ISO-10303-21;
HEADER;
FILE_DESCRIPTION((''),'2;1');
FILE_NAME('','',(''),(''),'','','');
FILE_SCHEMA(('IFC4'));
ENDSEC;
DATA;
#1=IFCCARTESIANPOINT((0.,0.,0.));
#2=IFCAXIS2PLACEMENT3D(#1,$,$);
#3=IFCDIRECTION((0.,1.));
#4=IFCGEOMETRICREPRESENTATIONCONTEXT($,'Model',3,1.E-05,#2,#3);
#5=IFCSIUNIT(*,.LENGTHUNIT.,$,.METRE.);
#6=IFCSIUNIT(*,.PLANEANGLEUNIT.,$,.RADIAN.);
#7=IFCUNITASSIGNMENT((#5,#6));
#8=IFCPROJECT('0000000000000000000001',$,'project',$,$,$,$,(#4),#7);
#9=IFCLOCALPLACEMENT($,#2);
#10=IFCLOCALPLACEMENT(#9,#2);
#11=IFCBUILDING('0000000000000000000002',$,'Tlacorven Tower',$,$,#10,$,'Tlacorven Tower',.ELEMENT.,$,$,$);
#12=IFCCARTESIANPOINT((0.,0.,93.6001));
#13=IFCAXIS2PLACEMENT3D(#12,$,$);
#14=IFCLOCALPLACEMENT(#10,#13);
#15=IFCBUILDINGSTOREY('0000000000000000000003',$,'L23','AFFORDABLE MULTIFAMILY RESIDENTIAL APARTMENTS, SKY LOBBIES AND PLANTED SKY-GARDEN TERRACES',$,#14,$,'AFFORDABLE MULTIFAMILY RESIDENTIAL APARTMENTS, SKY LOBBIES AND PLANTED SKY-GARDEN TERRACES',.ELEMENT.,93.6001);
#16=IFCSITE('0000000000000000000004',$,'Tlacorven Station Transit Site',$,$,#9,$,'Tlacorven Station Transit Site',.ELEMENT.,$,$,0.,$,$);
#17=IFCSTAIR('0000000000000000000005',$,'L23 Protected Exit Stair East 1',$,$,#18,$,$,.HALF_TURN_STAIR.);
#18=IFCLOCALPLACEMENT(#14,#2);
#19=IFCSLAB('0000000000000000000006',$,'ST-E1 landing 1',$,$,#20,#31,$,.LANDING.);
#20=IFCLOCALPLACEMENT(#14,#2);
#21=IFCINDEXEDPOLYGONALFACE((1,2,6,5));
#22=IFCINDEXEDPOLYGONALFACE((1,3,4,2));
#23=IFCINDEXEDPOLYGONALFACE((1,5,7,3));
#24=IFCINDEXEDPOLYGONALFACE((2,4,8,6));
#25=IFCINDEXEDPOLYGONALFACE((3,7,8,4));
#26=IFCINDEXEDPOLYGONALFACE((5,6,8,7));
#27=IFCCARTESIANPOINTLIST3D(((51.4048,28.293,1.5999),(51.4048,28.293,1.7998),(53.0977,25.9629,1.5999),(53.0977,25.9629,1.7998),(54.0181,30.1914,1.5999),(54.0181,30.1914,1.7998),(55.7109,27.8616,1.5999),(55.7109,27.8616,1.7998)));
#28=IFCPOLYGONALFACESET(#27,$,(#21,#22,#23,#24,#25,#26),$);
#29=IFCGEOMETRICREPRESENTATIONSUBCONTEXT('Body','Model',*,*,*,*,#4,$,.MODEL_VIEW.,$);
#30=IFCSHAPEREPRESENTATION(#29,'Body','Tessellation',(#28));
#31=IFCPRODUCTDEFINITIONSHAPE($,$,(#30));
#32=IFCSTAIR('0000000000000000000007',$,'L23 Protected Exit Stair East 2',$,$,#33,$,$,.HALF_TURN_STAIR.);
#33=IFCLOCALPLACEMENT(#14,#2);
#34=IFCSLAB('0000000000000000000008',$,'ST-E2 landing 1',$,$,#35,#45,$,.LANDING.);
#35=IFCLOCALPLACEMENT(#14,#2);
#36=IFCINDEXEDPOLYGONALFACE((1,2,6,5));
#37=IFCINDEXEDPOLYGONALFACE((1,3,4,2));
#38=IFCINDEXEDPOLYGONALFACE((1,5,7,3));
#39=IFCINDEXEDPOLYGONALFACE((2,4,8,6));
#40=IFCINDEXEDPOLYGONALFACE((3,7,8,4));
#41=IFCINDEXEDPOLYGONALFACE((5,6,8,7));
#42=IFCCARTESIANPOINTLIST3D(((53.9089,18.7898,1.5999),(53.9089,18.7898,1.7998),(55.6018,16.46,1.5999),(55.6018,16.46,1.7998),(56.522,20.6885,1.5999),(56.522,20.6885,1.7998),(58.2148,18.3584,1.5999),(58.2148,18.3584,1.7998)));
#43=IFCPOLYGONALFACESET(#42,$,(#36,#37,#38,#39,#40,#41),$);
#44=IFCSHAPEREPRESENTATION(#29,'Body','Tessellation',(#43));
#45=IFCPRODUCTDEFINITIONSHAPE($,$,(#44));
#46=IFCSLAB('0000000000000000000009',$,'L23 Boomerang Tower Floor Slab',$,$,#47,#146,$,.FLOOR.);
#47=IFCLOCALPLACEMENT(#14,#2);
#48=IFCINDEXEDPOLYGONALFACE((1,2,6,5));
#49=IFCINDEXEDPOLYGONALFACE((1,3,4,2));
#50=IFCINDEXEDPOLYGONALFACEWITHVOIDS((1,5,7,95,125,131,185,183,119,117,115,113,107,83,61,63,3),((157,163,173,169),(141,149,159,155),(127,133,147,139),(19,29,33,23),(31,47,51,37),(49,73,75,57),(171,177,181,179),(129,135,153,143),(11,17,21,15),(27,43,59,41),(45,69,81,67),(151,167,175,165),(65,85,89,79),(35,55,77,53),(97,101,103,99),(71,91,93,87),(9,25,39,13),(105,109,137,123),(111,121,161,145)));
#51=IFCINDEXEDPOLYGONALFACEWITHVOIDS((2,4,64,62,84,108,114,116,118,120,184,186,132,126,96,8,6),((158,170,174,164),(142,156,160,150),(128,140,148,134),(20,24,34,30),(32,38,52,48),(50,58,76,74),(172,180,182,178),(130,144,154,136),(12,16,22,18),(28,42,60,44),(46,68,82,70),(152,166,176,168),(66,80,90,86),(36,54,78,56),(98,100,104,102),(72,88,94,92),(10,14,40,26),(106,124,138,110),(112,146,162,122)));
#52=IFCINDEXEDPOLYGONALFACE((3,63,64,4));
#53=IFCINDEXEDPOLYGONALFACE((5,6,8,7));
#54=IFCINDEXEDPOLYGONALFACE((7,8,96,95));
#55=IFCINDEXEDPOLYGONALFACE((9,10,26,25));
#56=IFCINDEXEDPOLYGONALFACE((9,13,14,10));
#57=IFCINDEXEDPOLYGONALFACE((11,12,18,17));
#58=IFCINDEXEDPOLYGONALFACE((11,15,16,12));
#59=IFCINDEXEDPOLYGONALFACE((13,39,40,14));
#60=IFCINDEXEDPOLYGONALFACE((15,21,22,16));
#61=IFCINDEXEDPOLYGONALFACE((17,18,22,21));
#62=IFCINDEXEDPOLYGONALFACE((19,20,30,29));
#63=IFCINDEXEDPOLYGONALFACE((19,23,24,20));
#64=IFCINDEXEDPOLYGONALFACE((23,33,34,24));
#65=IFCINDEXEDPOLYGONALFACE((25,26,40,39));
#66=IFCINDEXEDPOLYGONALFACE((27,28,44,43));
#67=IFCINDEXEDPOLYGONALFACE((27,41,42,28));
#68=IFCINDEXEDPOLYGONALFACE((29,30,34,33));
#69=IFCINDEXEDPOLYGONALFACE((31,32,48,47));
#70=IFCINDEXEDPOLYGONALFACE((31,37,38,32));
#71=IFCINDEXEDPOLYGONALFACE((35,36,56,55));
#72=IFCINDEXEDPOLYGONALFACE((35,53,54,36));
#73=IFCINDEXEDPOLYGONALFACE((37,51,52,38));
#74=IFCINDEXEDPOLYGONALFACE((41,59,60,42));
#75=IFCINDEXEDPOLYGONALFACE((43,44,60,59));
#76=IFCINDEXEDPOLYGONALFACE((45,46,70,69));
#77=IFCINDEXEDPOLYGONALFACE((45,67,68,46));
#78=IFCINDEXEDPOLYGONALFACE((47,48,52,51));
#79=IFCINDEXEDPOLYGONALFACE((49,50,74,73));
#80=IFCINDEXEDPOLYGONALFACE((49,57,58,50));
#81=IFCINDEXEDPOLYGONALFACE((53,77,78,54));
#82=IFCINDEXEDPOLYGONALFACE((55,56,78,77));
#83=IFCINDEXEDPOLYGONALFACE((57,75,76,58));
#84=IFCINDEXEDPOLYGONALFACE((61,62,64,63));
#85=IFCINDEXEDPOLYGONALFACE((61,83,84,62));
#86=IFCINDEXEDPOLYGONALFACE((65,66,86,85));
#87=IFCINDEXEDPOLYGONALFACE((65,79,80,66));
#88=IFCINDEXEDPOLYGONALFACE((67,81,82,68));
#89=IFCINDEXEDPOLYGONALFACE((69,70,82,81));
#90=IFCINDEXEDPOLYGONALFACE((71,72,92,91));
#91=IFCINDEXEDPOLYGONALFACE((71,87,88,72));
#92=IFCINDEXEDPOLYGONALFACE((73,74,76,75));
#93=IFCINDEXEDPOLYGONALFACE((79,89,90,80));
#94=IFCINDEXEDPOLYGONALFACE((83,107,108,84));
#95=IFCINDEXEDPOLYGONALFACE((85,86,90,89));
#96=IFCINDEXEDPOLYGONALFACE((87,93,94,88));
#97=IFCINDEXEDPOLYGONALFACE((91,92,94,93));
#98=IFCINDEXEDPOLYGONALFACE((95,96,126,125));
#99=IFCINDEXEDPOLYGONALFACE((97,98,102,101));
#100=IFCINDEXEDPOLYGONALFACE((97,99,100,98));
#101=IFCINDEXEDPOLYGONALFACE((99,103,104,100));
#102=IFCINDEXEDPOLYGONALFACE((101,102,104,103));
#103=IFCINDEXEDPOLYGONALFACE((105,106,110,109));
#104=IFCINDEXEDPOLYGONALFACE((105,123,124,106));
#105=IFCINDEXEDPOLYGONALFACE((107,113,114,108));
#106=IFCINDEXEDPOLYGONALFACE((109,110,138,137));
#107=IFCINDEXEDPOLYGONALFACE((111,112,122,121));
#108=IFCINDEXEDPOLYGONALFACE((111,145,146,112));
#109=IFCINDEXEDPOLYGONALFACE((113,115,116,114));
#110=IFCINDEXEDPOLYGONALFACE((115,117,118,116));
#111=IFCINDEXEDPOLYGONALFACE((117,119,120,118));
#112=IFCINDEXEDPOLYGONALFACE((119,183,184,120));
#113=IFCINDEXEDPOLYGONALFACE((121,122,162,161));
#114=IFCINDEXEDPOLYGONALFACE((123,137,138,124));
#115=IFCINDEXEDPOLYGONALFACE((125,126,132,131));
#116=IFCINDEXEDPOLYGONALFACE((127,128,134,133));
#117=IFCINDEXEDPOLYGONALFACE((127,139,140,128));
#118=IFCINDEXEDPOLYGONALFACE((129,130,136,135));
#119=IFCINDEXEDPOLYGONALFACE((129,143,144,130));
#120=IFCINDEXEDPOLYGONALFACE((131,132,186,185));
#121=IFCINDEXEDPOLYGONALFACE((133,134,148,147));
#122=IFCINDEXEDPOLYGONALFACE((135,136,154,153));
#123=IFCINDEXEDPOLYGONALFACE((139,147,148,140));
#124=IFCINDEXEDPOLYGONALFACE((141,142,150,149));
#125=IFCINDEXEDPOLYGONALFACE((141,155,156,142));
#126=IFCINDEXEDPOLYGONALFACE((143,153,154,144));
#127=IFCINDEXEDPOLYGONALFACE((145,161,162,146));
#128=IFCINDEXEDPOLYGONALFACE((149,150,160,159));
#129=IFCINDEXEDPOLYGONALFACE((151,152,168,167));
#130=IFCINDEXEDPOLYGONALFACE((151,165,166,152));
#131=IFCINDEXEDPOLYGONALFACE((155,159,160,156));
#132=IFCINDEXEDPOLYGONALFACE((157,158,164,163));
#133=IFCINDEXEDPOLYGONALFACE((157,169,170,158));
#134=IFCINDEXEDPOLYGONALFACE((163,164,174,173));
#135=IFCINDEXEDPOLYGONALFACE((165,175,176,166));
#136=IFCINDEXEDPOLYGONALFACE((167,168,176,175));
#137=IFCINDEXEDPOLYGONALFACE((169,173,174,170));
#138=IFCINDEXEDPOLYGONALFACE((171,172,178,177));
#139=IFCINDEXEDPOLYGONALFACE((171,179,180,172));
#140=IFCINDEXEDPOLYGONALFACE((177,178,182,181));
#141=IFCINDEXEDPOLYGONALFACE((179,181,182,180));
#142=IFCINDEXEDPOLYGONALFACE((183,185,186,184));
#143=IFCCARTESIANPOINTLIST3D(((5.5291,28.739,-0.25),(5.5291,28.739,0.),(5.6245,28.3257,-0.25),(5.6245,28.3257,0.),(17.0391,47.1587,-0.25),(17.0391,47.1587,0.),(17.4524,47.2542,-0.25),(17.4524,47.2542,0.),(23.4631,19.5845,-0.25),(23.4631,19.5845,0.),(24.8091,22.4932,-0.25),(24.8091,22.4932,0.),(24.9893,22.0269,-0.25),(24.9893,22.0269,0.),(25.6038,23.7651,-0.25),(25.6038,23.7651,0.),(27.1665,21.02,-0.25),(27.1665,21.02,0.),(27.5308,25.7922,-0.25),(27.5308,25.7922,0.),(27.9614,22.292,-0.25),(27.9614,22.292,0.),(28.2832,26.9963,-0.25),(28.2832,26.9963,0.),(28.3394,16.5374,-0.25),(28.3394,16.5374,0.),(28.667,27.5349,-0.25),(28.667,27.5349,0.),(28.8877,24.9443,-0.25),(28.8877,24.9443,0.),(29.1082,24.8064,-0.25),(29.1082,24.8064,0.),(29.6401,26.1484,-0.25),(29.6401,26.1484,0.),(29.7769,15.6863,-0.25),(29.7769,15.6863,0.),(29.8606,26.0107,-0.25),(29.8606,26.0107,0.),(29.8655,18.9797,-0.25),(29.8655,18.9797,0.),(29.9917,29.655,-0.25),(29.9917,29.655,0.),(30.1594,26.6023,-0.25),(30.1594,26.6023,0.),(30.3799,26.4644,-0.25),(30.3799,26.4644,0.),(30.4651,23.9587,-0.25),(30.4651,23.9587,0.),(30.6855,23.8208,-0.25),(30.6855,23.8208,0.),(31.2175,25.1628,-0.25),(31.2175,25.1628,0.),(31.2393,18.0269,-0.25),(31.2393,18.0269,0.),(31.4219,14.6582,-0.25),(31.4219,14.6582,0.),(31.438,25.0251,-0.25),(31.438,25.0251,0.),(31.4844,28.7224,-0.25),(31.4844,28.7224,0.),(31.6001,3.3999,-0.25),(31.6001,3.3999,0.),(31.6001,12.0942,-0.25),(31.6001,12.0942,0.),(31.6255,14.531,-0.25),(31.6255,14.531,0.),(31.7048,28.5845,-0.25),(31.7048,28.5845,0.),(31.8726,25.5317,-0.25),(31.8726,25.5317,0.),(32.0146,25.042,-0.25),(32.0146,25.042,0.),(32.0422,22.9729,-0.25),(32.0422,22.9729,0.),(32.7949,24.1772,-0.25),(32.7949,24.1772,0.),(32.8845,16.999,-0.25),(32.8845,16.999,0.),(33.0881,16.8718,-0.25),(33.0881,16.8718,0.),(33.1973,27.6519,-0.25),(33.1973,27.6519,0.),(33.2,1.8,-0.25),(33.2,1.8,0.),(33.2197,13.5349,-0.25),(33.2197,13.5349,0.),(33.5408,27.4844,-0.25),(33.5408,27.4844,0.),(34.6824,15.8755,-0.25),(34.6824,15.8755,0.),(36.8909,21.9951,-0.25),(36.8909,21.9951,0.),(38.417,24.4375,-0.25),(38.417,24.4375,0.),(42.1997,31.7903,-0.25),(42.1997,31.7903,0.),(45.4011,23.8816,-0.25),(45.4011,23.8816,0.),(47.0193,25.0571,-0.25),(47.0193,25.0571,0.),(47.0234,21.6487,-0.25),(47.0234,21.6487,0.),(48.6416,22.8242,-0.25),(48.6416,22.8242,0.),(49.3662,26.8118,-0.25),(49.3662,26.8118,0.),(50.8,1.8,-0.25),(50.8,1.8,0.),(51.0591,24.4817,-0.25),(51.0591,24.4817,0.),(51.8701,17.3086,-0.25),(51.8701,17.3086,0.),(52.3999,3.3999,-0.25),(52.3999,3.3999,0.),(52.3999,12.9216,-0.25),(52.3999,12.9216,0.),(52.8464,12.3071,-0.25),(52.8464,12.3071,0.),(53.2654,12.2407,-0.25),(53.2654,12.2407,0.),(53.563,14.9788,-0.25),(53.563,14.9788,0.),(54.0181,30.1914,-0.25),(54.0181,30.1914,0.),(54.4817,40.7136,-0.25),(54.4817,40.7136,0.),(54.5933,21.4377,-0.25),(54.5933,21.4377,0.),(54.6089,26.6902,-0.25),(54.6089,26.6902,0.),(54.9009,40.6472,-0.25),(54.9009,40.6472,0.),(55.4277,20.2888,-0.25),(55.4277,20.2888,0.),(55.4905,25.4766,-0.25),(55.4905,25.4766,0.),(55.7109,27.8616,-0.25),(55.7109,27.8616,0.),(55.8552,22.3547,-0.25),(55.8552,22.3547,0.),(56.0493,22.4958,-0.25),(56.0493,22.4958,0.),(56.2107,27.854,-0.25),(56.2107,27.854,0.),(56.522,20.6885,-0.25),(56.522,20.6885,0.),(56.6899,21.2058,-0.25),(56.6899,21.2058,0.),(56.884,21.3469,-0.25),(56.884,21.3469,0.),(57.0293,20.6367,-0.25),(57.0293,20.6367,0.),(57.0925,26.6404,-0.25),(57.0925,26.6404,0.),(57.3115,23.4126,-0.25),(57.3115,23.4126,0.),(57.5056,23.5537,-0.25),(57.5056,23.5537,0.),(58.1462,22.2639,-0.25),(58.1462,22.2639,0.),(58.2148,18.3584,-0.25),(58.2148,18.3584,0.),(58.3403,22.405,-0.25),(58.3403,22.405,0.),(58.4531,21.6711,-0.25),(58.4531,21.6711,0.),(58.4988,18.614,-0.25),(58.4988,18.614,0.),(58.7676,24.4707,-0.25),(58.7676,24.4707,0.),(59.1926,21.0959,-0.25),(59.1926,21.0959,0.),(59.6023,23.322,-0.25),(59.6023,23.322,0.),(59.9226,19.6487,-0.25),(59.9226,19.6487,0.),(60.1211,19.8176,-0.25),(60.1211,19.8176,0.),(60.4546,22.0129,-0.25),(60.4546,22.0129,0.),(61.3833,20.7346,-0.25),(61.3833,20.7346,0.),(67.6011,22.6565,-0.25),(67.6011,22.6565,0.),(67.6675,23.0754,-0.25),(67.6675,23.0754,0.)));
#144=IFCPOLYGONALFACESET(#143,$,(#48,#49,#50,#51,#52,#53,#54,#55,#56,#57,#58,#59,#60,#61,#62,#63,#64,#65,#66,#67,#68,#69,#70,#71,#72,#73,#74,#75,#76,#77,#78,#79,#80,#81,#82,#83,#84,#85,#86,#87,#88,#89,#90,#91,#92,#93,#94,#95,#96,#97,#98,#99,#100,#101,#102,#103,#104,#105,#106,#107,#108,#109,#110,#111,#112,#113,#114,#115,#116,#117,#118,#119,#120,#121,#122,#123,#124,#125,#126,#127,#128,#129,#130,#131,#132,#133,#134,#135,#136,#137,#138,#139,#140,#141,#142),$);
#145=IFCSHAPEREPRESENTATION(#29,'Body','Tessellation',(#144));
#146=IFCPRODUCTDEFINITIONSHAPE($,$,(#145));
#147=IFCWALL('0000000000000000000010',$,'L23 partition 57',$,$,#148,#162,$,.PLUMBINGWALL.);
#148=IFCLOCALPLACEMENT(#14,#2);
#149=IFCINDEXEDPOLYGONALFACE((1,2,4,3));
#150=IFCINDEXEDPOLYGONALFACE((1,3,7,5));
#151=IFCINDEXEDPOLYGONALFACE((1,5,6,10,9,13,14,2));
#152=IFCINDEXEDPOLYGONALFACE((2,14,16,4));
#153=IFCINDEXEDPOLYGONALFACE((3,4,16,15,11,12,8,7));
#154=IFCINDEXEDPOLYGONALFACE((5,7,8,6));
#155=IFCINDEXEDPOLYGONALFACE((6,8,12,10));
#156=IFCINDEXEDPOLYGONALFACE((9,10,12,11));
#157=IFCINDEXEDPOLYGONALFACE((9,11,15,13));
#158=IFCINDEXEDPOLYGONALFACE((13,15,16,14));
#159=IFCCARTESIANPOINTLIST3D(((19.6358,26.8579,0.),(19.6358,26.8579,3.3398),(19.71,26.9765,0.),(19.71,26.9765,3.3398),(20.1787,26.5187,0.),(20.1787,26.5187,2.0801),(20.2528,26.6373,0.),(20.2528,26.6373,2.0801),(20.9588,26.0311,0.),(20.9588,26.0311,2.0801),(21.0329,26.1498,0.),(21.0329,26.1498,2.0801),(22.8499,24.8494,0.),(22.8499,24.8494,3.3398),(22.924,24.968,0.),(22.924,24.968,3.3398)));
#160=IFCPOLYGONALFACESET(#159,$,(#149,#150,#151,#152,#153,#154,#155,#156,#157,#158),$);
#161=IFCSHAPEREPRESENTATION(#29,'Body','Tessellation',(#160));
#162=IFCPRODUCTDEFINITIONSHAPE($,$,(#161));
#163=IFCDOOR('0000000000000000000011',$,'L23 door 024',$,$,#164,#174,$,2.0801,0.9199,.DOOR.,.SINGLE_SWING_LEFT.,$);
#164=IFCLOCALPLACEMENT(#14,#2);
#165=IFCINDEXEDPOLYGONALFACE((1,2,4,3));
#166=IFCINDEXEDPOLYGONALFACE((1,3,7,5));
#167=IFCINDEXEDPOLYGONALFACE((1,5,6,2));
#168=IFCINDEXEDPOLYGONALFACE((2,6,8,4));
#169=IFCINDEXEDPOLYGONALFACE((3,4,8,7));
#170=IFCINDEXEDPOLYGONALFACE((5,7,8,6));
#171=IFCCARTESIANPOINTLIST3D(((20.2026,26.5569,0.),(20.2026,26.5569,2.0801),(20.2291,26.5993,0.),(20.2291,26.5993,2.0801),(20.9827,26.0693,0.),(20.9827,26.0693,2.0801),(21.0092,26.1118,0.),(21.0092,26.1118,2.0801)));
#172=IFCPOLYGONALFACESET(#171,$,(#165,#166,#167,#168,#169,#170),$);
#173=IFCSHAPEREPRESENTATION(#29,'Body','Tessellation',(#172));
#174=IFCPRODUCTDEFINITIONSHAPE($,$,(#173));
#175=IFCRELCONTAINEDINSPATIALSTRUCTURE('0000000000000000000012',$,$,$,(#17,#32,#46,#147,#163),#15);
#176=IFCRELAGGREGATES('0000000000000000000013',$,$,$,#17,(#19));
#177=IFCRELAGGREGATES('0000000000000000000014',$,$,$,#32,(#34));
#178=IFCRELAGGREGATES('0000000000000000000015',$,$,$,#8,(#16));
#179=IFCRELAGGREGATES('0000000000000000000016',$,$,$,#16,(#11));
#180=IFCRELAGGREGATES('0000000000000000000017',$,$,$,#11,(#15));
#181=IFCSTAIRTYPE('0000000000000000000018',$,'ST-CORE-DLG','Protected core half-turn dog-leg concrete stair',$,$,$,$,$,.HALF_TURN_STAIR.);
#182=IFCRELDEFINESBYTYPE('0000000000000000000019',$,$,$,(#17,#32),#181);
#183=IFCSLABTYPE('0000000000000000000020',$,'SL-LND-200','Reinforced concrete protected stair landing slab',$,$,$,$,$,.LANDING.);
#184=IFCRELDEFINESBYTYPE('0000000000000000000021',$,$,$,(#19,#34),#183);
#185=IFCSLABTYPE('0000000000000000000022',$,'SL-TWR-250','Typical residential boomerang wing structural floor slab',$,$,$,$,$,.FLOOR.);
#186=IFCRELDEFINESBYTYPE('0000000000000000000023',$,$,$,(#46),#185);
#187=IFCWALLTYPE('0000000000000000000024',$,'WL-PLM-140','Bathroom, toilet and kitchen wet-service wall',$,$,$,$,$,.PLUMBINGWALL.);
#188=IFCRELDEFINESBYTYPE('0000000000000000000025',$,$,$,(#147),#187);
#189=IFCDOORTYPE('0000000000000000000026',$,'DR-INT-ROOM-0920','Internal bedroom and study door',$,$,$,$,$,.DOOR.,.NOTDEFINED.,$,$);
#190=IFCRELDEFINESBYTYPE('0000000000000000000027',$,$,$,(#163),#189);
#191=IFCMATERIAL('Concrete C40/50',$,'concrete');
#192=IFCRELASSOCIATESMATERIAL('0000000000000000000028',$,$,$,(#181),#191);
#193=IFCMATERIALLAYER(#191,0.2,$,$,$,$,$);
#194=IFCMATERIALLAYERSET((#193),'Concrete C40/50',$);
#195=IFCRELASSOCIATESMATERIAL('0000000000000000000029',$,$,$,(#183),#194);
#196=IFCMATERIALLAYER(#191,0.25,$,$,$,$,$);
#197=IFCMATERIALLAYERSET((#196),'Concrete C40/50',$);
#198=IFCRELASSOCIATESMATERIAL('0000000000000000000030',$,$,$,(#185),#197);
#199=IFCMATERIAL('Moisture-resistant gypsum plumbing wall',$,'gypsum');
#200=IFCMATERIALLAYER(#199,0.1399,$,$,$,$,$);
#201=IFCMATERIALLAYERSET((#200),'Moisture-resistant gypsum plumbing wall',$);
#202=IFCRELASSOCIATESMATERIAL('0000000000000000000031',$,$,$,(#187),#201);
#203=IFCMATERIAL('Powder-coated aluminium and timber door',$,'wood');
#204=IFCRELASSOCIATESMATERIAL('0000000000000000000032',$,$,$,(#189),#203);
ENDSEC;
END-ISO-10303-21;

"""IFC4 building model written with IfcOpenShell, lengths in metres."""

from ifc_helpers import new_model, si_unit, direction, frame, frame_2d, origin, place, context, subcontext, project, spatial, polyline, rectangle, outline, extrude, source, transform, mapped, material, layer, layer_set, type_object, element, fill, aggregate, save


model = new_model("IFC4")

# Units and contexts
model_context = context("Model", 3, precision=1e-05, world=origin(), true_north=direction((0.0, 1.0)))
body_context = subcontext(model_context, "Body", "Model", "MODEL_VIEW")
ifc_project = project(units=[si_unit("LENGTHUNIT", "METRE"), si_unit("PLANEANGLEUNIT", "RADIAN")], contexts=[model_context])

# Site, building, storey
site_placement = place(None, origin())
site = spatial("IfcSite", under=ifc_project, at=site_placement, Name="Tlacorven Station Transit Site", LongName="Tlacorven Station Transit Site", CompositionType="ELEMENT", RefElevation=0.0)
building_placement = place(site_placement, origin())
building = spatial("IfcBuilding", under=site, at=building_placement, Name="Tlacorven Tower", LongName="Tlacorven Tower", CompositionType="ELEMENT")
storey_placement = place(building_placement, frame((0.0, 0.0, 93.6001)))
storey = spatial("IfcBuildingStorey", under=building, at=storey_placement, Name="L23", Description="AFFORDABLE MULTIFAMILY RESIDENTIAL APARTMENTS, SKY LOBBIES AND PLANTED SKY-GARDEN TERRACES", LongName="AFFORDABLE MULTIFAMILY RESIDENTIAL APARTMENTS, SKY LOBBIES AND PLANTED SKY-GARDEN TERRACES", CompositionType="ELEMENT", Elevation=93.6001)

# Stairs, slabs
ifc_material_1 = material(Name="Concrete C40/50", Category="concrete")
stair_type = type_object("IfcStairType", Name="ST-CORE-DLG", Description="Protected core half-turn dog-leg concrete stair", PredefinedType="HALF_TURN_STAIR", material=ifc_material_1)
ifc_layer_1 = layer(ifc_material_1, 0.2)
ifc_layer_set_1 = layer_set([ifc_layer_1], Name="Concrete C40/50")
slab_type_1 = type_object("IfcSlabType", Name="SL-LND-200", Description="Reinforced concrete protected stair landing slab", PredefinedType="LANDING", material=ifc_layer_set_1)
stair_1_placement = place(storey_placement, origin())
stair_1 = element("IfcStair", 1, at=stair_1_placement, inside=storey, type_object=stair_type, Name="L23 Protected Exit Stair East 1", PredefinedType="HALF_TURN_STAIR")
slab_1_placement = place(storey_placement, frame((0.0, 0.0, 1.5999)))
slab_1 = element("IfcSlab", 2, at=slab_1_placement, type_object=slab_type_1, Name="ST-E1 landing 1", PredefinedType="LANDING", context=body_context, shape_type="SweptSolid", body=[
    extrude(outline(polyline([(53.0977, 25.9629), (55.7109, 27.8616), (54.0181, 30.1914), (51.4048, 28.293), (53.0977, 25.9629)])), origin(), (0.0, 0.0, 1.0), 0.2),
])
aggregate(stair_1, [slab_1])
stair_2_placement = place(storey_placement, origin())
stair_2 = element("IfcStair", 3, at=stair_2_placement, inside=storey, type_object=stair_type, Name="L23 Protected Exit Stair East 2", PredefinedType="HALF_TURN_STAIR")
slab_2_placement = place(storey_placement, frame((0.0, 0.0, 1.5999)))
slab_2 = element("IfcSlab", 4, at=slab_2_placement, type_object=slab_type_1, Name="ST-E2 landing 1", PredefinedType="LANDING", context=body_context, shape_type="SweptSolid", body=[
    extrude(outline(polyline([(55.6018, 16.46), (58.2148, 18.3584), (56.522, 20.6885), (53.9089, 18.7898), (55.6018, 16.46)])), origin(), (0.0, 0.0, 1.0), 0.2),
])
aggregate(stair_2, [slab_2])

# Slab
ifc_layer_2 = layer(ifc_material_1, 0.25)
ifc_layer_set_2 = layer_set([ifc_layer_2], Name="Concrete C40/50")
slab_type_2 = type_object("IfcSlabType", Name="SL-TWR-250", Description="Typical residential boomerang wing structural floor slab", PredefinedType="FLOOR", material=ifc_layer_set_2)
slab_3_placement = place(storey_placement, frame((0.0, 0.0, -0.25)))
element("IfcSlab", 5, at=slab_3_placement, inside=storey, type_object=slab_type_2, Name="L23 Boomerang Tower Floor Slab", PredefinedType="FLOOR", context=body_context, shape_type="SweptSolid", body=[
    extrude(outline(polyline([(52.3999, 3.3999), (50.8, 1.8), (33.2, 1.8), (31.6001, 3.3999), (31.6001, 12.0942), (5.6245, 28.3257), (5.5291, 28.739), (17.0391, 47.1587), (17.4524, 47.2542), (42.1997, 31.7903), (54.4817, 40.7136), (54.9009, 40.6472), (67.6675, 23.0754), (67.6011, 22.6565), (53.2654, 12.2407), (52.8464, 12.3071), (52.3999, 12.9216), (52.3999, 3.3999)]), holes=[polyline([(29.8655, 18.9797), (24.9893, 22.0269), (23.4631, 19.5845), (28.3394, 16.5374), (29.8655, 18.9797)]), polyline([(38.417, 24.4375), (33.5408, 27.4844), (32.0146, 25.042), (36.8909, 21.9951), (38.417, 24.4375)]), polyline([(51.0591, 24.4817), (55.7109, 27.8616), (54.0181, 30.1914), (49.3662, 26.8118), (51.0591, 24.4817)]), polyline([(53.563, 14.9788), (58.2148, 18.3584), (56.522, 20.6885), (51.8701, 17.3086), (53.563, 14.9788)]), polyline([(34.6824, 15.8755), (33.0881, 16.8718), (31.6255, 14.531), (33.2197, 13.5349), (34.6824, 15.8755)]), polyline([(32.8845, 16.999), (31.2393, 18.0269), (29.7769, 15.6863), (31.4219, 14.6582), (32.8845, 16.999)]), polyline([(47.0234, 21.6487), (48.6416, 22.8242), (47.0193, 25.0571), (45.4011, 23.8816), (47.0234, 21.6487)]), polyline([(33.1973, 27.6519), (31.7048, 28.5845), (30.3799, 26.4644), (31.8726, 25.5317), (33.1973, 27.6519)]), polyline([(31.4844, 28.7224), (29.9917, 29.655), (28.667, 27.5349), (30.1594, 26.6023), (31.4844, 28.7224)]), polyline([(32.7949, 24.1772), (31.438, 25.0251), (30.6855, 23.8208), (32.0422, 22.9729), (32.7949, 24.1772)]), polyline([(31.2175, 25.1628), (29.8606, 26.0107), (29.1082, 24.8064), (30.4651, 23.9587), (31.2175, 25.1628)]), polyline([(29.6401, 26.1484), (28.2832, 26.9963), (27.5308, 25.7922), (28.8877, 24.9443), (29.6401, 26.1484)]), polyline([(55.4277, 20.2888), (56.6899, 21.2058), (55.8552, 22.3547), (54.5933, 21.4377), (55.4277, 20.2888)]), polyline([(56.884, 21.3469), (58.1462, 22.2639), (57.3115, 23.4126), (56.0493, 22.4958), (56.884, 21.3469)]), polyline([(58.3403, 22.405), (59.6023, 23.322), (58.7676, 24.4707), (57.5056, 23.5537), (58.3403, 22.405)]), polyline([(58.4988, 18.614), (59.9226, 19.6487), (58.4531, 21.6711), (57.0293, 20.6367), (58.4988, 18.614)]), polyline([(27.9614, 22.292), (25.6038, 23.7651), (24.8091, 22.4932), (27.1665, 21.02), (27.9614, 22.292)]), polyline([(55.4905, 25.4766), (57.0925, 26.6404), (56.2107, 27.854), (54.6089, 26.6902), (55.4905, 25.4766)]), polyline([(60.1211, 19.8176), (61.3833, 20.7346), (60.4546, 22.0129), (59.1926, 21.0959), (60.1211, 19.8176)])]), origin(), (0.0, 0.0, 1.0), 0.25),
])

# Wall, opening, door
ifc_material_2 = material(Name="Moisture-resistant gypsum plumbing wall", Category="gypsum")
ifc_layer_3 = layer(ifc_material_2, 0.1399)
ifc_layer_set_3 = layer_set([ifc_layer_3], Name="Moisture-resistant gypsum plumbing wall")
wall_type_1 = type_object("IfcWallType", Name="WL-PLM-140", Description="Bathroom, toilet and kitchen wet-service wall", PredefinedType="PLUMBINGWALL", material=ifc_layer_set_3)
wall_1_placement = place(storey_placement, frame((22.887, 24.9087, 0.0), z_axis=(0.0, 0.0, 1.0), x_axis=(-0.848031, 0.529947, 0.0)))
wall_1 = element("IfcWall", 6, at=wall_1_placement, inside=storey, type_object=wall_type_1, Name="L23 partition 57", PredefinedType="PLUMBINGWALL", context=body_context, shape_type="SweptSolid", body=[
    extrude(rectangle(XDim=3.79, YDim=0.1399, at=frame_2d((1.895, 0.0))), origin(), (0.0, 0.0, 1.0), 3.3398),
])
opening_placement = place(wall_1_placement, frame((2.23, 0.0, 0.0)))
opening = element("IfcOpeningElement", 7, at=opening_placement, cuts=wall_1, PredefinedType="OPENING", context=body_context, shape_type="SweptSolid", body=[
    extrude(rectangle(XDim=0.9199, YDim=2.0801, at=frame_2d((0.46, 1.04))), frame((0.0, 0.0801, 0.0), z_axis=(0.0, -1.0, 0.0), x_axis=(1.0, 0.0, 0.0)), (0.0, 0.0, 1.0), 0.1599),
])
ifc_material_3 = material(Name="Powder-coated aluminium and timber door", Category="wood")
door_type = type_object("IfcDoorType", Name="DR-INT-ROOM-0920", Description="Internal bedroom and study door", OperationType="NOTDEFINED", PredefinedType="DOOR", material=ifc_material_3)
shared_shape_1 = source(origin(), body_context, "Body", "SweptSolid", [
    extrude(rectangle(XDim=0.9199, YDim=2.0801, at=frame_2d((0.46, 1.04))), frame((0.0, 0.0249, 0.0), z_axis=(0.0, -1.0, 0.0), x_axis=(1.0, 0.0, 0.0)), (0.0, 0.0, 1.0), 0.05),
])
door_placement = place(opening_placement, origin())
door = element("IfcDoor", 8, at=door_placement, inside=storey, type_object=door_type, Name="L23 door 024", OperationType="SINGLE_SWING_LEFT", OverallHeight=2.0801, OverallWidth=0.9199, PredefinedType="DOOR", context=body_context, shape_type="MappedRepresentation", body=[
    mapped(shared_shape_1, transform((0.0, 0.0, 0.0), scale=1.0)),
])
fill(opening, door)

save(model, "model.ifc")
